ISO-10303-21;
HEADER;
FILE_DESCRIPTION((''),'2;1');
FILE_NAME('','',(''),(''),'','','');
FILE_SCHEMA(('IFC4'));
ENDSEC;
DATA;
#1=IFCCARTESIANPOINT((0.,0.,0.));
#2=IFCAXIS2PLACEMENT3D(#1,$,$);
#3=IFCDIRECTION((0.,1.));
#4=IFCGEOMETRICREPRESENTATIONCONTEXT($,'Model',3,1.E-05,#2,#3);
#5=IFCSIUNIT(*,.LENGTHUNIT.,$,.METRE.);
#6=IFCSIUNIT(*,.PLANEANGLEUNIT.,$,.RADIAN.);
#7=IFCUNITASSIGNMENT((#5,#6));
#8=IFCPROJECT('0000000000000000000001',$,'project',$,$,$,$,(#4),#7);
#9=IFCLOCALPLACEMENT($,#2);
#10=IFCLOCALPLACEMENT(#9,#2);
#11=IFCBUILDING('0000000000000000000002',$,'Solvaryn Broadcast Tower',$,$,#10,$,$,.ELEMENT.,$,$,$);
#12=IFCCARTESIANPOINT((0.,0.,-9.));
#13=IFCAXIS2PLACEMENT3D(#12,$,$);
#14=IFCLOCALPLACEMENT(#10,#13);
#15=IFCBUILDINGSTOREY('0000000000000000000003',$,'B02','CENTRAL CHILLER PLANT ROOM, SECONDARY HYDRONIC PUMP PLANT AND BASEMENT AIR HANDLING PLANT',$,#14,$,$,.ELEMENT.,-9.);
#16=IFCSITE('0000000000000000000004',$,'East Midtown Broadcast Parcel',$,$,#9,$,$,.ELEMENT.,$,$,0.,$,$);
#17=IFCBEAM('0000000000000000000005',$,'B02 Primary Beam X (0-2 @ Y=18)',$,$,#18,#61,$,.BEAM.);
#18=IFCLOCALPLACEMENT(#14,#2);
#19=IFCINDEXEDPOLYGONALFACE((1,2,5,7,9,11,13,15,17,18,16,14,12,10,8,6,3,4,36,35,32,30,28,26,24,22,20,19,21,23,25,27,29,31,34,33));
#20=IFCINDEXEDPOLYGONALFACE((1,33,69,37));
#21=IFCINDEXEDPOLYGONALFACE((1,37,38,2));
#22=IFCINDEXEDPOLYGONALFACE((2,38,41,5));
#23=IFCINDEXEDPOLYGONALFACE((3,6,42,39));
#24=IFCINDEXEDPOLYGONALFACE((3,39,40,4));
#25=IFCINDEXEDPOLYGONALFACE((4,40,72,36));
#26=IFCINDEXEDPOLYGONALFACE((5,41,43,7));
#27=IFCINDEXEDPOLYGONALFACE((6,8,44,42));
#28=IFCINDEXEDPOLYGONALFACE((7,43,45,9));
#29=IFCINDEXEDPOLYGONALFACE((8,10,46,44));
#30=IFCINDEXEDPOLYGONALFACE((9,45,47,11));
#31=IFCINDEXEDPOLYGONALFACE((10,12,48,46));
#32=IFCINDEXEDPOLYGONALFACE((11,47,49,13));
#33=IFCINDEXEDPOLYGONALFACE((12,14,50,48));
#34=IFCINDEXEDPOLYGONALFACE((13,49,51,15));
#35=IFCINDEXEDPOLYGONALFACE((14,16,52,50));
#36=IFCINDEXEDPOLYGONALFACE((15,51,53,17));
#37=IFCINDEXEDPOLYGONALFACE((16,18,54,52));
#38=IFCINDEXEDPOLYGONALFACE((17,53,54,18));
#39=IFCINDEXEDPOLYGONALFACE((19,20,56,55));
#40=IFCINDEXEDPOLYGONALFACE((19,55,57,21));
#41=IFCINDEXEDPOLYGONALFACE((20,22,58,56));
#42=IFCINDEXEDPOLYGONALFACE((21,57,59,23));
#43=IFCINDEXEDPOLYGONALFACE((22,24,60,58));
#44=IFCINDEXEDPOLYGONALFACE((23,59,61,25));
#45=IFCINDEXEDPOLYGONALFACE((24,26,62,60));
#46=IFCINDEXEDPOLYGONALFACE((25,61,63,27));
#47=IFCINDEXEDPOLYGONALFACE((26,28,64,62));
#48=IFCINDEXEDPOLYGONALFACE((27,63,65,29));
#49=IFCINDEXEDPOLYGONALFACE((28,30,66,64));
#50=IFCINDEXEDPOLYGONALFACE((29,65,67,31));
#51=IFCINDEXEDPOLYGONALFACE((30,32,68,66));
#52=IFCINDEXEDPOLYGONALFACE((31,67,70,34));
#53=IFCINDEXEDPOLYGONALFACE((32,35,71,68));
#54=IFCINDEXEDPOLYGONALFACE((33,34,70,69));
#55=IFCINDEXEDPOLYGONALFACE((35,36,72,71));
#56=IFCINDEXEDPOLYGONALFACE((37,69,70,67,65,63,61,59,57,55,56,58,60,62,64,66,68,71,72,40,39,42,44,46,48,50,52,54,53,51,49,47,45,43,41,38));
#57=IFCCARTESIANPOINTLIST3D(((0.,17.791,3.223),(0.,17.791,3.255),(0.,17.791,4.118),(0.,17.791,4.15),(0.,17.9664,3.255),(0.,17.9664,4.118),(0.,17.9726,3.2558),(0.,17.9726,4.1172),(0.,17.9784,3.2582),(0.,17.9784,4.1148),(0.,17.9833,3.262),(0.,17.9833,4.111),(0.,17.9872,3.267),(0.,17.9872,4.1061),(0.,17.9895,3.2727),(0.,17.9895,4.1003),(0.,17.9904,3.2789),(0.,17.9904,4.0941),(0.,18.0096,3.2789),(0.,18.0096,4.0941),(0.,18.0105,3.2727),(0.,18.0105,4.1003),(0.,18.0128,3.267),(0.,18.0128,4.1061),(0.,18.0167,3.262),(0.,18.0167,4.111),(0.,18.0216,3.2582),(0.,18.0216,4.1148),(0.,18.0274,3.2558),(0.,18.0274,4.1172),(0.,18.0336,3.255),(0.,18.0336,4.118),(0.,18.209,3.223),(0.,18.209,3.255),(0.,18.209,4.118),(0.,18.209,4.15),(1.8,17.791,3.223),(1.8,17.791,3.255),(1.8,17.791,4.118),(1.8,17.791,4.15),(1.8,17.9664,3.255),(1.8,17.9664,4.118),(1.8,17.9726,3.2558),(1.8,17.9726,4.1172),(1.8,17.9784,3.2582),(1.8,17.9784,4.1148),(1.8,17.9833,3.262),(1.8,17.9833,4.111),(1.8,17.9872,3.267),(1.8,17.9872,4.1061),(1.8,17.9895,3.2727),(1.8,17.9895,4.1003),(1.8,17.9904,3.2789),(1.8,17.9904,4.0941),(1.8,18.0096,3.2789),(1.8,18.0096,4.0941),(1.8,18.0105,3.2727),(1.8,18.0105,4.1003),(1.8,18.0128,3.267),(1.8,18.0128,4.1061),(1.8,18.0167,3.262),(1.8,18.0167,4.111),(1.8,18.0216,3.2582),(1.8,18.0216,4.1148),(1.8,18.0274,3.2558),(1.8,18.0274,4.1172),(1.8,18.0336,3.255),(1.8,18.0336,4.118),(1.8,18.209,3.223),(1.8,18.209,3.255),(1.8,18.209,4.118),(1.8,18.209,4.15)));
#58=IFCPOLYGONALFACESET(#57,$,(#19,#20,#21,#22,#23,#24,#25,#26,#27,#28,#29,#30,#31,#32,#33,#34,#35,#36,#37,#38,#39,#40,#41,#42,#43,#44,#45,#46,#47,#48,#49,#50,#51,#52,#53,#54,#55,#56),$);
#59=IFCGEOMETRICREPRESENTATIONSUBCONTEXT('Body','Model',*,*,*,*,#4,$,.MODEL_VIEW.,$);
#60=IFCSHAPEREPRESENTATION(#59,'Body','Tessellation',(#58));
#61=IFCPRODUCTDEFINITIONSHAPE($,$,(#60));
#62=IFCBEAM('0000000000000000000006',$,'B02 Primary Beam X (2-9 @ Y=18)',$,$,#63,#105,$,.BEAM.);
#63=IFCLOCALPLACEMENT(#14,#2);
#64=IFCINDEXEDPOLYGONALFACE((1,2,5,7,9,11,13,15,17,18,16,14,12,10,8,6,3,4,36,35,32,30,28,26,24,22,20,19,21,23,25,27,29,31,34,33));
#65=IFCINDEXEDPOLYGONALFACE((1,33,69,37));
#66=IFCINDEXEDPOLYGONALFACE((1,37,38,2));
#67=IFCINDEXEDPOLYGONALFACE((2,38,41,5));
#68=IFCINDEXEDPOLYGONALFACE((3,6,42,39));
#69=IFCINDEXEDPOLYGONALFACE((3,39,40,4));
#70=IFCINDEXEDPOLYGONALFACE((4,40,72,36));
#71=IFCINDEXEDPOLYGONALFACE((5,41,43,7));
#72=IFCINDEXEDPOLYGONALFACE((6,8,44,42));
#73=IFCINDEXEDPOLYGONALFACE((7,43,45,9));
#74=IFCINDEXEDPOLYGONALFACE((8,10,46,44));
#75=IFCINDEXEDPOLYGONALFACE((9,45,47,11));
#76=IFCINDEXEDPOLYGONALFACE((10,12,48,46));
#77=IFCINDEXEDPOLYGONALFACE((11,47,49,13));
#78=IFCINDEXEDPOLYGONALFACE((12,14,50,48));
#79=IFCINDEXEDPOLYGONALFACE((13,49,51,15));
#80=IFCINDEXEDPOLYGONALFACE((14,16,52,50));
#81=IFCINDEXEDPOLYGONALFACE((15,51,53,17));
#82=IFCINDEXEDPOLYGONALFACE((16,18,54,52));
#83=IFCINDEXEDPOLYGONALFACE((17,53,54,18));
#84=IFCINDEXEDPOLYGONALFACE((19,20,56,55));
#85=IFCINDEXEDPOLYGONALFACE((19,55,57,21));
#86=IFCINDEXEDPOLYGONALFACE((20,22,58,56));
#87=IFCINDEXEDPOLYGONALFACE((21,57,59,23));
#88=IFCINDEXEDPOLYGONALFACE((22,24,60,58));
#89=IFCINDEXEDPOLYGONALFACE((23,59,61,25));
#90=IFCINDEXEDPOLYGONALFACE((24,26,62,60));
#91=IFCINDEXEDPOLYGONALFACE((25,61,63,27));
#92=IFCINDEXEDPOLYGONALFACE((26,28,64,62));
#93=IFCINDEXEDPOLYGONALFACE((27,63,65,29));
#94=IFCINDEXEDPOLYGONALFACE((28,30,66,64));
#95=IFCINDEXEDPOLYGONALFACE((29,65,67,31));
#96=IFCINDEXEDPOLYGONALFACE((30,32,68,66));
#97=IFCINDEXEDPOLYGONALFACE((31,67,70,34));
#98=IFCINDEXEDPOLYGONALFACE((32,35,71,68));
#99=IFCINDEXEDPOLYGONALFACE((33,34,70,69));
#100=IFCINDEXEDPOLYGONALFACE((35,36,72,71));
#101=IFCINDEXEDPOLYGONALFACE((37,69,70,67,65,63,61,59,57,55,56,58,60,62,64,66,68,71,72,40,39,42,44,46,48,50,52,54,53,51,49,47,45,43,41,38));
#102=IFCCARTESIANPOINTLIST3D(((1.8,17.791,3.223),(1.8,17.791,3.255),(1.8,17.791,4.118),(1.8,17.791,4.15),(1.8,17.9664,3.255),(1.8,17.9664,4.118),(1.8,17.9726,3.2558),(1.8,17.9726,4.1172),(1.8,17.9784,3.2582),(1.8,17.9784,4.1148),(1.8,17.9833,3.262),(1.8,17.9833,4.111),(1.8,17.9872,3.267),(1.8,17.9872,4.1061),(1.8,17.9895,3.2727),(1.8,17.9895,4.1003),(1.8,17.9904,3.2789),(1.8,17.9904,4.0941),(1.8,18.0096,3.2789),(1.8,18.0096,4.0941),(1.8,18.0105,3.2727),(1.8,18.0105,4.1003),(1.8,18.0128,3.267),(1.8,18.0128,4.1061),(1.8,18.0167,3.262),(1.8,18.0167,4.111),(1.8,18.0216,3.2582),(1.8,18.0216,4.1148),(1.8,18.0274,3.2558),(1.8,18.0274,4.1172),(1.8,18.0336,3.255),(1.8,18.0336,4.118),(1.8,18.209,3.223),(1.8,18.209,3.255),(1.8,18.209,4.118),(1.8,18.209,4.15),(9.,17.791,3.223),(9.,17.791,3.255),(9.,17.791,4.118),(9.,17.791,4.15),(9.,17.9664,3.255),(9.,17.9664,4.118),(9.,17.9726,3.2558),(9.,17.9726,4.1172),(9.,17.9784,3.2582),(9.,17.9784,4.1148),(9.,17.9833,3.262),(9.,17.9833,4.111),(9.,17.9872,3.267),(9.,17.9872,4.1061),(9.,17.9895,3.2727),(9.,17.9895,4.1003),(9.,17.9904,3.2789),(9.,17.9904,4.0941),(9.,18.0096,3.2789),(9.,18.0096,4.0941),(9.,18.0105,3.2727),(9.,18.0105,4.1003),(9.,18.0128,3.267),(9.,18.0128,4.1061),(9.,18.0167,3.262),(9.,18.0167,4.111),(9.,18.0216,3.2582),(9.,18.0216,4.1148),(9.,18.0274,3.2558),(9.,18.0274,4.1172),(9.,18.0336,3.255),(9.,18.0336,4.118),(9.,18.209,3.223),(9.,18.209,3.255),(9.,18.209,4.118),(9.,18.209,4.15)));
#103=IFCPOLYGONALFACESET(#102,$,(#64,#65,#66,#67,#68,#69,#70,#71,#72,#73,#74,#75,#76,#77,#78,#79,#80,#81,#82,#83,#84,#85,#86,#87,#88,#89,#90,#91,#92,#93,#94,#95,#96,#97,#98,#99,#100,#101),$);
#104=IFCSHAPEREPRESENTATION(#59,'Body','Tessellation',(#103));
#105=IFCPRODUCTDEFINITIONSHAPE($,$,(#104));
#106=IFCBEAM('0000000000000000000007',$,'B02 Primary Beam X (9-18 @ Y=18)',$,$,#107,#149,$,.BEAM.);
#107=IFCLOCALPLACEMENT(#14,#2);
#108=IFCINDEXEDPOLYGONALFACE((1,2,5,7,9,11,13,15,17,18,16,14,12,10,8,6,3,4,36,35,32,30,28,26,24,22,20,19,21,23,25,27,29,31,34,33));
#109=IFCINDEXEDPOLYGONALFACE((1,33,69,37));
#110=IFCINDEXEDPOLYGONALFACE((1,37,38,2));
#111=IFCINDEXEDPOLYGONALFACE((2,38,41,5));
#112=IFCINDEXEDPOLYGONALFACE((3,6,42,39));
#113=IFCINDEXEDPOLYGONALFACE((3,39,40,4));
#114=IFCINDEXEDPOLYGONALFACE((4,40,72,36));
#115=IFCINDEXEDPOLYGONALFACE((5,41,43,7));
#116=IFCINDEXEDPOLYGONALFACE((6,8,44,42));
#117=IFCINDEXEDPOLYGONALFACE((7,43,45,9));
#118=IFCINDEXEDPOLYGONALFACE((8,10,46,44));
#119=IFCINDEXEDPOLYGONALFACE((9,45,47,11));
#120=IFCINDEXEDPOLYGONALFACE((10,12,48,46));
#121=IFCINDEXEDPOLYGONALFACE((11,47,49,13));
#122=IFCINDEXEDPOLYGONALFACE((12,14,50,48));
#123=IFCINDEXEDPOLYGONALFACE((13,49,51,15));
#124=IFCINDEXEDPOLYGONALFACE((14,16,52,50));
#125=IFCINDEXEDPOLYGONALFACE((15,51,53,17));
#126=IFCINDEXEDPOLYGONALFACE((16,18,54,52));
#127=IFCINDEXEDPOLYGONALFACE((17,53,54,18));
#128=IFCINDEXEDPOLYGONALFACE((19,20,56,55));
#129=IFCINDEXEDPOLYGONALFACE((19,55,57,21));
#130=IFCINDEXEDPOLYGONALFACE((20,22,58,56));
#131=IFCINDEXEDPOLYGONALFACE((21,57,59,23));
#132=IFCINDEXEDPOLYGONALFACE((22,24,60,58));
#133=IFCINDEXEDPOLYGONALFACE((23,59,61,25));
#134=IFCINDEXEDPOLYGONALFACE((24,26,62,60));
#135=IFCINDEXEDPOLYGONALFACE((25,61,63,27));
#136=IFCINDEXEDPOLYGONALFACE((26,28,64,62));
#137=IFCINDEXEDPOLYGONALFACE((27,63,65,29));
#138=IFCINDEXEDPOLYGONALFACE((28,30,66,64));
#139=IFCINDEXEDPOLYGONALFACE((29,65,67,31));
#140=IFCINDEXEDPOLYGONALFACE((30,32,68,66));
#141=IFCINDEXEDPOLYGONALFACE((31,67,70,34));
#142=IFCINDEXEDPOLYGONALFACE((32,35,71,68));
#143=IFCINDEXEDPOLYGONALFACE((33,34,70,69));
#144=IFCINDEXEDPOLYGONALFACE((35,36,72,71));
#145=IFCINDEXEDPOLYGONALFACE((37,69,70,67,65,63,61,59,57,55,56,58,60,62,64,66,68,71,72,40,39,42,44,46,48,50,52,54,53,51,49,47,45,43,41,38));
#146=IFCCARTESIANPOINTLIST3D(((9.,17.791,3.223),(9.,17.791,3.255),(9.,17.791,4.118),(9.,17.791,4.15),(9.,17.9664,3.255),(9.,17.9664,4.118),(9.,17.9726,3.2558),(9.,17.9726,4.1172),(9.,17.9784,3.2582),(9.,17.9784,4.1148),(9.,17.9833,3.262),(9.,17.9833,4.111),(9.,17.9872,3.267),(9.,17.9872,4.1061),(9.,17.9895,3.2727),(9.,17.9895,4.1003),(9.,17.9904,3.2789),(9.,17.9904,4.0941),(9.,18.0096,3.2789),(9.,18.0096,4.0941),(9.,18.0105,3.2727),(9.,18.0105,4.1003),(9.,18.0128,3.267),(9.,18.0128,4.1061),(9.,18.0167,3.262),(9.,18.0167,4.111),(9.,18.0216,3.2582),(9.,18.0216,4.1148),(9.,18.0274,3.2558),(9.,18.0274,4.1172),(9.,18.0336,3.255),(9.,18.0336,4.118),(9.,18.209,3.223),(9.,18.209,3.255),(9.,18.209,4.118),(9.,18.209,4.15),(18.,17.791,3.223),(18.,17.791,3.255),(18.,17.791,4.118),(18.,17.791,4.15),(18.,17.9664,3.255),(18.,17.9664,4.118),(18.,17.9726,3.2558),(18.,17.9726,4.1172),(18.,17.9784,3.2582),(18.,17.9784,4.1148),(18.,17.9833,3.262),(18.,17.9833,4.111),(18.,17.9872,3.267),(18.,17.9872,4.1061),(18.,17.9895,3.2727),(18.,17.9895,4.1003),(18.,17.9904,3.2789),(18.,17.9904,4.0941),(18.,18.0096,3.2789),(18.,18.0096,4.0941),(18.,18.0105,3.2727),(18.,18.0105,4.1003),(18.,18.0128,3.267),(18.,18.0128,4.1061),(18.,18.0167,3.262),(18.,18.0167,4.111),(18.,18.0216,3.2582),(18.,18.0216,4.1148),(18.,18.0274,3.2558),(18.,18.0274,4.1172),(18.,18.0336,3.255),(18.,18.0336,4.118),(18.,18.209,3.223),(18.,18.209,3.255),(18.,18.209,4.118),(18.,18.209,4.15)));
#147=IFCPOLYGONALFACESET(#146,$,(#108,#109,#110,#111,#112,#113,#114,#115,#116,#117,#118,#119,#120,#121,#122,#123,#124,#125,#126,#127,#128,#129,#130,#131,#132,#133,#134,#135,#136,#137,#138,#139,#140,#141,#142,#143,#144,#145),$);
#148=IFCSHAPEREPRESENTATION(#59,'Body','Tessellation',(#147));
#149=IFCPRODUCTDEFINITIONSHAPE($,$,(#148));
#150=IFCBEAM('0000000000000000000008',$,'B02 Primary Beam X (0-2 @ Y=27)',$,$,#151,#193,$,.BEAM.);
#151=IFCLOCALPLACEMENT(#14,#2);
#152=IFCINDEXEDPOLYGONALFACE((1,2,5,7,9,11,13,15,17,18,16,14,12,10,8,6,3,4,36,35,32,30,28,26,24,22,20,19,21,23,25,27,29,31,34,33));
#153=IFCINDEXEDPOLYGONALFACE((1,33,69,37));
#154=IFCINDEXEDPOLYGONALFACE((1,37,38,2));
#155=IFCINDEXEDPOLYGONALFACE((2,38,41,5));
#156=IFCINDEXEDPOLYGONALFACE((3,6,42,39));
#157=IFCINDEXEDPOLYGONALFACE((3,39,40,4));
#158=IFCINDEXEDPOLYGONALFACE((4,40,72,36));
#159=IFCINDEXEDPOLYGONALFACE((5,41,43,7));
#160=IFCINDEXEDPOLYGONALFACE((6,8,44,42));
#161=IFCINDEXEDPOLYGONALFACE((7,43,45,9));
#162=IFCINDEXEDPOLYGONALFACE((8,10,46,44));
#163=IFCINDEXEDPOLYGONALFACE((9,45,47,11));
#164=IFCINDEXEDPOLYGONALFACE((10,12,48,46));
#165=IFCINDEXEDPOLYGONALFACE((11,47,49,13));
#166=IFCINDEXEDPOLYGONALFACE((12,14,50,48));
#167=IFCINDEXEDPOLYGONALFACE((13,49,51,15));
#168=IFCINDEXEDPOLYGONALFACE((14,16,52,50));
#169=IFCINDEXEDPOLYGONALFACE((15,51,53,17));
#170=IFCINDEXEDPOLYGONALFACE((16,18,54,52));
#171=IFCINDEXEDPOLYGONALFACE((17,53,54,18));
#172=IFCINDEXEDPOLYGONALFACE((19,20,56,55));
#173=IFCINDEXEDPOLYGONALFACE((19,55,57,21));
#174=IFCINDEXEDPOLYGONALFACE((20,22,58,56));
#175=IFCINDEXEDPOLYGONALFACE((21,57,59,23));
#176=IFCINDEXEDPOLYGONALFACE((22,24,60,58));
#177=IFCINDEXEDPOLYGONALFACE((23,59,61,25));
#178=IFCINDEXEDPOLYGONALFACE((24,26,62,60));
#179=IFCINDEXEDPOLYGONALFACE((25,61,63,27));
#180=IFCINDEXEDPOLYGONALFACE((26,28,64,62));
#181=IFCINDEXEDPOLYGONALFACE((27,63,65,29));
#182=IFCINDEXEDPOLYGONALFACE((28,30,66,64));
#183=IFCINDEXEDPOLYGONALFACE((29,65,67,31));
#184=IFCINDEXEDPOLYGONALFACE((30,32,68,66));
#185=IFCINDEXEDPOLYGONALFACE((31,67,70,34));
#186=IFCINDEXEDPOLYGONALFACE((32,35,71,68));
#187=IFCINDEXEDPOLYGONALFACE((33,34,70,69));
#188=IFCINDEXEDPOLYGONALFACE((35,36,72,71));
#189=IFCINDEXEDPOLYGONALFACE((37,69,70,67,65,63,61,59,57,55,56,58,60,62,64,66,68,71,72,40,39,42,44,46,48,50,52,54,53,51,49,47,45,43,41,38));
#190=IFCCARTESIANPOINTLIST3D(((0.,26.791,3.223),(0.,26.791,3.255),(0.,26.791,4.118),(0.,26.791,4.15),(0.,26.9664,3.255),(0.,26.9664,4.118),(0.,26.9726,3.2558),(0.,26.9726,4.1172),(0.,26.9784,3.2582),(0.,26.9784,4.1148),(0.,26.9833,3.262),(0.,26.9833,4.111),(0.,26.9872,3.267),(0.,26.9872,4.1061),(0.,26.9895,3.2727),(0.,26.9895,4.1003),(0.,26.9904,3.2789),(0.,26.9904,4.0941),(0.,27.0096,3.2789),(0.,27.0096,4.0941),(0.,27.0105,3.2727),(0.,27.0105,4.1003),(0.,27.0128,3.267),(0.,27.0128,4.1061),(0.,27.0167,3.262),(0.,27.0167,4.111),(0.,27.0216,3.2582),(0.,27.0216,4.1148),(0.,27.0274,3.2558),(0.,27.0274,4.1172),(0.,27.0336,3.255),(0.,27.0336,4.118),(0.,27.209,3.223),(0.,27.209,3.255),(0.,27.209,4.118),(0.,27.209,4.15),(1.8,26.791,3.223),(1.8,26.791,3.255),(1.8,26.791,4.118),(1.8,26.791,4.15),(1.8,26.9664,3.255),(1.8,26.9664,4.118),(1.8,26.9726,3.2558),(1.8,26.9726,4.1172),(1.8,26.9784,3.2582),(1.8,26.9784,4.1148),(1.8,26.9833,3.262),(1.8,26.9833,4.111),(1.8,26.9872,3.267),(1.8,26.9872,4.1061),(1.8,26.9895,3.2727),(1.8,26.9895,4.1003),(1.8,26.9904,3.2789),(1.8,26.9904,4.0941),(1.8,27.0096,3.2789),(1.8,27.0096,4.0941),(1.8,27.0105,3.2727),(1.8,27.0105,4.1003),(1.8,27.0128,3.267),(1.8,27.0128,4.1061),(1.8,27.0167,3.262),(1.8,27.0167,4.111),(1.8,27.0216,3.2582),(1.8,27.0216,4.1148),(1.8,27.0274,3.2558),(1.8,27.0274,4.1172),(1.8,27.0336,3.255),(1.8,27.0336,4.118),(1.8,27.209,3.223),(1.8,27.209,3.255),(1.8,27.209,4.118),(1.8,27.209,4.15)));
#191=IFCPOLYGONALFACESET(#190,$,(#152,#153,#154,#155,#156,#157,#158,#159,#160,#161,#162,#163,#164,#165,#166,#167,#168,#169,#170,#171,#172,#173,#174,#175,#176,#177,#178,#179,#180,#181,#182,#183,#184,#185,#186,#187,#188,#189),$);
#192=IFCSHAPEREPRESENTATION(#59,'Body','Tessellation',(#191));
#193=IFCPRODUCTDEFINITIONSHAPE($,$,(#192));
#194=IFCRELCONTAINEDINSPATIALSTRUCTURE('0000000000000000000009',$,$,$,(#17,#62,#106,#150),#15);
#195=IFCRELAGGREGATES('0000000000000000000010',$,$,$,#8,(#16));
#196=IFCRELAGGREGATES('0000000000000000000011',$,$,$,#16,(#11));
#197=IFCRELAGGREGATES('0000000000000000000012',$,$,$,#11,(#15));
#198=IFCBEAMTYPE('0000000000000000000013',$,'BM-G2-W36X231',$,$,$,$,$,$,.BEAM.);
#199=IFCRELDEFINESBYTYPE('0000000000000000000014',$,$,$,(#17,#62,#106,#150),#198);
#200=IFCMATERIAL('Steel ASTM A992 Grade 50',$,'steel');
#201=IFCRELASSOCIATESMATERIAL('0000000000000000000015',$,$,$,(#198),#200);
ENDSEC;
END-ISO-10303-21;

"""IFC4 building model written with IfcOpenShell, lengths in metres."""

from ifc_helpers import new_model, si_unit, direction, frame, origin, origin_2d, place, context, subcontext, project, spatial, i_section, extrude, material, material_profile, profile_set, type_object, element, save


model = new_model("IFC4")

# Units and contexts
model_context = context("Model", 3, precision=1e-05, world=origin(), true_north=direction((0.0, 1.0)))
body_context = subcontext(model_context, "Body", "Model", "MODEL_VIEW")
ifc_project = project(units=[si_unit("LENGTHUNIT", "METRE"), si_unit("PLANEANGLEUNIT", "RADIAN")], contexts=[model_context])

# Site, building, storey
site_placement = place(None, origin())
site = spatial("IfcSite", under=ifc_project, at=site_placement, Name="East Midtown Broadcast Parcel", CompositionType="ELEMENT", RefElevation=0.0)
building_placement = place(site_placement, origin())
building = spatial("IfcBuilding", under=site, at=building_placement, Name="Solvaryn Broadcast Tower", CompositionType="ELEMENT")
storey_placement = place(building_placement, frame((0.0, 0.0, -9.0)))
storey = spatial("IfcBuildingStorey", under=building, at=storey_placement, Name="B02", Description="CENTRAL CHILLER PLANT ROOM, SECONDARY HYDRONIC PUMP PLANT AND BASEMENT AIR HANDLING PLANT", CompositionType="ELEMENT", Elevation=-9.0)

# Beams
ifc_material_1 = material(Name="Steel ASTM A992 Grade 50", Category="steel")
ifc_material_profile_1 = material_profile(ifc_material_1, i_section(OverallWidth=0.418, OverallDepth=0.927, WebThickness=0.0193, FlangeThickness=0.032, FilletRadius=0.0239, at=origin_2d()))
ifc_profile_set_1 = profile_set([ifc_material_profile_1], Name="Steel ASTM A992 Grade 50")
beam_type_1 = type_object("IfcBeamType", Name="BM-G2-W36X231", PredefinedType="BEAM", material=ifc_profile_set_1)
beam_1_placement = place(storey_placement, frame((0.0, 18.0, 3.6865), z_axis=(1.0, 0.0, 0.0), x_axis=(0.0, 1.0, 0.0)))
element("IfcBeam", 1, at=beam_1_placement, inside=storey, type_object=beam_type_1, Name="B02 Primary Beam X (0-2 @ Y=18)", PredefinedType="BEAM", context=body_context, shape_type="SweptSolid", body=[
    extrude(i_section(OverallWidth=0.418, OverallDepth=0.927, WebThickness=0.0193, FlangeThickness=0.032, FilletRadius=0.0239, at=origin_2d()), origin(), (0.0, 0.0, 1.0), 1.8),
])
beam_2_placement = place(storey_placement, frame((1.8, 18.0, 3.6865), z_axis=(1.0, 0.0, 0.0), x_axis=(0.0, 1.0, 0.0)))
element("IfcBeam", 2, at=beam_2_placement, inside=storey, type_object=beam_type_1, Name="B02 Primary Beam X (2-9 @ Y=18)", PredefinedType="BEAM", context=body_context, shape_type="SweptSolid", body=[
    extrude(i_section(OverallWidth=0.418, OverallDepth=0.927, WebThickness=0.0193, FlangeThickness=0.032, FilletRadius=0.0239, at=origin_2d()), origin(), (0.0, 0.0, 1.0), 7.2),
])
beam_3_placement = place(storey_placement, frame((9.0, 18.0, 3.6865), z_axis=(1.0, 0.0, 0.0), x_axis=(0.0, 1.0, 0.0)))
element("IfcBeam", 3, at=beam_3_placement, inside=storey, type_object=beam_type_1, Name="B02 Primary Beam X (9-18 @ Y=18)", PredefinedType="BEAM", context=body_context, shape_type="SweptSolid", body=[
    extrude(i_section(OverallWidth=0.418, OverallDepth=0.927, WebThickness=0.0193, FlangeThickness=0.032, FilletRadius=0.0239, at=origin_2d()), origin(), (0.0, 0.0, 1.0), 9.0),
])
beam_4_placement = place(storey_placement, frame((0.0, 27.0, 3.6865), z_axis=(1.0, 0.0, 0.0), x_axis=(0.0, 1.0, 0.0)))
element("IfcBeam", 4, at=beam_4_placement, inside=storey, type_object=beam_type_1, Name="B02 Primary Beam X (0-2 @ Y=27)", PredefinedType="BEAM", context=body_context, shape_type="SweptSolid", body=[
    extrude(i_section(OverallWidth=0.418, OverallDepth=0.927, WebThickness=0.0193, FlangeThickness=0.032, FilletRadius=0.0239, at=origin_2d()), origin(), (0.0, 0.0, 1.0), 1.8),
])

save(model, "model.ifc")
